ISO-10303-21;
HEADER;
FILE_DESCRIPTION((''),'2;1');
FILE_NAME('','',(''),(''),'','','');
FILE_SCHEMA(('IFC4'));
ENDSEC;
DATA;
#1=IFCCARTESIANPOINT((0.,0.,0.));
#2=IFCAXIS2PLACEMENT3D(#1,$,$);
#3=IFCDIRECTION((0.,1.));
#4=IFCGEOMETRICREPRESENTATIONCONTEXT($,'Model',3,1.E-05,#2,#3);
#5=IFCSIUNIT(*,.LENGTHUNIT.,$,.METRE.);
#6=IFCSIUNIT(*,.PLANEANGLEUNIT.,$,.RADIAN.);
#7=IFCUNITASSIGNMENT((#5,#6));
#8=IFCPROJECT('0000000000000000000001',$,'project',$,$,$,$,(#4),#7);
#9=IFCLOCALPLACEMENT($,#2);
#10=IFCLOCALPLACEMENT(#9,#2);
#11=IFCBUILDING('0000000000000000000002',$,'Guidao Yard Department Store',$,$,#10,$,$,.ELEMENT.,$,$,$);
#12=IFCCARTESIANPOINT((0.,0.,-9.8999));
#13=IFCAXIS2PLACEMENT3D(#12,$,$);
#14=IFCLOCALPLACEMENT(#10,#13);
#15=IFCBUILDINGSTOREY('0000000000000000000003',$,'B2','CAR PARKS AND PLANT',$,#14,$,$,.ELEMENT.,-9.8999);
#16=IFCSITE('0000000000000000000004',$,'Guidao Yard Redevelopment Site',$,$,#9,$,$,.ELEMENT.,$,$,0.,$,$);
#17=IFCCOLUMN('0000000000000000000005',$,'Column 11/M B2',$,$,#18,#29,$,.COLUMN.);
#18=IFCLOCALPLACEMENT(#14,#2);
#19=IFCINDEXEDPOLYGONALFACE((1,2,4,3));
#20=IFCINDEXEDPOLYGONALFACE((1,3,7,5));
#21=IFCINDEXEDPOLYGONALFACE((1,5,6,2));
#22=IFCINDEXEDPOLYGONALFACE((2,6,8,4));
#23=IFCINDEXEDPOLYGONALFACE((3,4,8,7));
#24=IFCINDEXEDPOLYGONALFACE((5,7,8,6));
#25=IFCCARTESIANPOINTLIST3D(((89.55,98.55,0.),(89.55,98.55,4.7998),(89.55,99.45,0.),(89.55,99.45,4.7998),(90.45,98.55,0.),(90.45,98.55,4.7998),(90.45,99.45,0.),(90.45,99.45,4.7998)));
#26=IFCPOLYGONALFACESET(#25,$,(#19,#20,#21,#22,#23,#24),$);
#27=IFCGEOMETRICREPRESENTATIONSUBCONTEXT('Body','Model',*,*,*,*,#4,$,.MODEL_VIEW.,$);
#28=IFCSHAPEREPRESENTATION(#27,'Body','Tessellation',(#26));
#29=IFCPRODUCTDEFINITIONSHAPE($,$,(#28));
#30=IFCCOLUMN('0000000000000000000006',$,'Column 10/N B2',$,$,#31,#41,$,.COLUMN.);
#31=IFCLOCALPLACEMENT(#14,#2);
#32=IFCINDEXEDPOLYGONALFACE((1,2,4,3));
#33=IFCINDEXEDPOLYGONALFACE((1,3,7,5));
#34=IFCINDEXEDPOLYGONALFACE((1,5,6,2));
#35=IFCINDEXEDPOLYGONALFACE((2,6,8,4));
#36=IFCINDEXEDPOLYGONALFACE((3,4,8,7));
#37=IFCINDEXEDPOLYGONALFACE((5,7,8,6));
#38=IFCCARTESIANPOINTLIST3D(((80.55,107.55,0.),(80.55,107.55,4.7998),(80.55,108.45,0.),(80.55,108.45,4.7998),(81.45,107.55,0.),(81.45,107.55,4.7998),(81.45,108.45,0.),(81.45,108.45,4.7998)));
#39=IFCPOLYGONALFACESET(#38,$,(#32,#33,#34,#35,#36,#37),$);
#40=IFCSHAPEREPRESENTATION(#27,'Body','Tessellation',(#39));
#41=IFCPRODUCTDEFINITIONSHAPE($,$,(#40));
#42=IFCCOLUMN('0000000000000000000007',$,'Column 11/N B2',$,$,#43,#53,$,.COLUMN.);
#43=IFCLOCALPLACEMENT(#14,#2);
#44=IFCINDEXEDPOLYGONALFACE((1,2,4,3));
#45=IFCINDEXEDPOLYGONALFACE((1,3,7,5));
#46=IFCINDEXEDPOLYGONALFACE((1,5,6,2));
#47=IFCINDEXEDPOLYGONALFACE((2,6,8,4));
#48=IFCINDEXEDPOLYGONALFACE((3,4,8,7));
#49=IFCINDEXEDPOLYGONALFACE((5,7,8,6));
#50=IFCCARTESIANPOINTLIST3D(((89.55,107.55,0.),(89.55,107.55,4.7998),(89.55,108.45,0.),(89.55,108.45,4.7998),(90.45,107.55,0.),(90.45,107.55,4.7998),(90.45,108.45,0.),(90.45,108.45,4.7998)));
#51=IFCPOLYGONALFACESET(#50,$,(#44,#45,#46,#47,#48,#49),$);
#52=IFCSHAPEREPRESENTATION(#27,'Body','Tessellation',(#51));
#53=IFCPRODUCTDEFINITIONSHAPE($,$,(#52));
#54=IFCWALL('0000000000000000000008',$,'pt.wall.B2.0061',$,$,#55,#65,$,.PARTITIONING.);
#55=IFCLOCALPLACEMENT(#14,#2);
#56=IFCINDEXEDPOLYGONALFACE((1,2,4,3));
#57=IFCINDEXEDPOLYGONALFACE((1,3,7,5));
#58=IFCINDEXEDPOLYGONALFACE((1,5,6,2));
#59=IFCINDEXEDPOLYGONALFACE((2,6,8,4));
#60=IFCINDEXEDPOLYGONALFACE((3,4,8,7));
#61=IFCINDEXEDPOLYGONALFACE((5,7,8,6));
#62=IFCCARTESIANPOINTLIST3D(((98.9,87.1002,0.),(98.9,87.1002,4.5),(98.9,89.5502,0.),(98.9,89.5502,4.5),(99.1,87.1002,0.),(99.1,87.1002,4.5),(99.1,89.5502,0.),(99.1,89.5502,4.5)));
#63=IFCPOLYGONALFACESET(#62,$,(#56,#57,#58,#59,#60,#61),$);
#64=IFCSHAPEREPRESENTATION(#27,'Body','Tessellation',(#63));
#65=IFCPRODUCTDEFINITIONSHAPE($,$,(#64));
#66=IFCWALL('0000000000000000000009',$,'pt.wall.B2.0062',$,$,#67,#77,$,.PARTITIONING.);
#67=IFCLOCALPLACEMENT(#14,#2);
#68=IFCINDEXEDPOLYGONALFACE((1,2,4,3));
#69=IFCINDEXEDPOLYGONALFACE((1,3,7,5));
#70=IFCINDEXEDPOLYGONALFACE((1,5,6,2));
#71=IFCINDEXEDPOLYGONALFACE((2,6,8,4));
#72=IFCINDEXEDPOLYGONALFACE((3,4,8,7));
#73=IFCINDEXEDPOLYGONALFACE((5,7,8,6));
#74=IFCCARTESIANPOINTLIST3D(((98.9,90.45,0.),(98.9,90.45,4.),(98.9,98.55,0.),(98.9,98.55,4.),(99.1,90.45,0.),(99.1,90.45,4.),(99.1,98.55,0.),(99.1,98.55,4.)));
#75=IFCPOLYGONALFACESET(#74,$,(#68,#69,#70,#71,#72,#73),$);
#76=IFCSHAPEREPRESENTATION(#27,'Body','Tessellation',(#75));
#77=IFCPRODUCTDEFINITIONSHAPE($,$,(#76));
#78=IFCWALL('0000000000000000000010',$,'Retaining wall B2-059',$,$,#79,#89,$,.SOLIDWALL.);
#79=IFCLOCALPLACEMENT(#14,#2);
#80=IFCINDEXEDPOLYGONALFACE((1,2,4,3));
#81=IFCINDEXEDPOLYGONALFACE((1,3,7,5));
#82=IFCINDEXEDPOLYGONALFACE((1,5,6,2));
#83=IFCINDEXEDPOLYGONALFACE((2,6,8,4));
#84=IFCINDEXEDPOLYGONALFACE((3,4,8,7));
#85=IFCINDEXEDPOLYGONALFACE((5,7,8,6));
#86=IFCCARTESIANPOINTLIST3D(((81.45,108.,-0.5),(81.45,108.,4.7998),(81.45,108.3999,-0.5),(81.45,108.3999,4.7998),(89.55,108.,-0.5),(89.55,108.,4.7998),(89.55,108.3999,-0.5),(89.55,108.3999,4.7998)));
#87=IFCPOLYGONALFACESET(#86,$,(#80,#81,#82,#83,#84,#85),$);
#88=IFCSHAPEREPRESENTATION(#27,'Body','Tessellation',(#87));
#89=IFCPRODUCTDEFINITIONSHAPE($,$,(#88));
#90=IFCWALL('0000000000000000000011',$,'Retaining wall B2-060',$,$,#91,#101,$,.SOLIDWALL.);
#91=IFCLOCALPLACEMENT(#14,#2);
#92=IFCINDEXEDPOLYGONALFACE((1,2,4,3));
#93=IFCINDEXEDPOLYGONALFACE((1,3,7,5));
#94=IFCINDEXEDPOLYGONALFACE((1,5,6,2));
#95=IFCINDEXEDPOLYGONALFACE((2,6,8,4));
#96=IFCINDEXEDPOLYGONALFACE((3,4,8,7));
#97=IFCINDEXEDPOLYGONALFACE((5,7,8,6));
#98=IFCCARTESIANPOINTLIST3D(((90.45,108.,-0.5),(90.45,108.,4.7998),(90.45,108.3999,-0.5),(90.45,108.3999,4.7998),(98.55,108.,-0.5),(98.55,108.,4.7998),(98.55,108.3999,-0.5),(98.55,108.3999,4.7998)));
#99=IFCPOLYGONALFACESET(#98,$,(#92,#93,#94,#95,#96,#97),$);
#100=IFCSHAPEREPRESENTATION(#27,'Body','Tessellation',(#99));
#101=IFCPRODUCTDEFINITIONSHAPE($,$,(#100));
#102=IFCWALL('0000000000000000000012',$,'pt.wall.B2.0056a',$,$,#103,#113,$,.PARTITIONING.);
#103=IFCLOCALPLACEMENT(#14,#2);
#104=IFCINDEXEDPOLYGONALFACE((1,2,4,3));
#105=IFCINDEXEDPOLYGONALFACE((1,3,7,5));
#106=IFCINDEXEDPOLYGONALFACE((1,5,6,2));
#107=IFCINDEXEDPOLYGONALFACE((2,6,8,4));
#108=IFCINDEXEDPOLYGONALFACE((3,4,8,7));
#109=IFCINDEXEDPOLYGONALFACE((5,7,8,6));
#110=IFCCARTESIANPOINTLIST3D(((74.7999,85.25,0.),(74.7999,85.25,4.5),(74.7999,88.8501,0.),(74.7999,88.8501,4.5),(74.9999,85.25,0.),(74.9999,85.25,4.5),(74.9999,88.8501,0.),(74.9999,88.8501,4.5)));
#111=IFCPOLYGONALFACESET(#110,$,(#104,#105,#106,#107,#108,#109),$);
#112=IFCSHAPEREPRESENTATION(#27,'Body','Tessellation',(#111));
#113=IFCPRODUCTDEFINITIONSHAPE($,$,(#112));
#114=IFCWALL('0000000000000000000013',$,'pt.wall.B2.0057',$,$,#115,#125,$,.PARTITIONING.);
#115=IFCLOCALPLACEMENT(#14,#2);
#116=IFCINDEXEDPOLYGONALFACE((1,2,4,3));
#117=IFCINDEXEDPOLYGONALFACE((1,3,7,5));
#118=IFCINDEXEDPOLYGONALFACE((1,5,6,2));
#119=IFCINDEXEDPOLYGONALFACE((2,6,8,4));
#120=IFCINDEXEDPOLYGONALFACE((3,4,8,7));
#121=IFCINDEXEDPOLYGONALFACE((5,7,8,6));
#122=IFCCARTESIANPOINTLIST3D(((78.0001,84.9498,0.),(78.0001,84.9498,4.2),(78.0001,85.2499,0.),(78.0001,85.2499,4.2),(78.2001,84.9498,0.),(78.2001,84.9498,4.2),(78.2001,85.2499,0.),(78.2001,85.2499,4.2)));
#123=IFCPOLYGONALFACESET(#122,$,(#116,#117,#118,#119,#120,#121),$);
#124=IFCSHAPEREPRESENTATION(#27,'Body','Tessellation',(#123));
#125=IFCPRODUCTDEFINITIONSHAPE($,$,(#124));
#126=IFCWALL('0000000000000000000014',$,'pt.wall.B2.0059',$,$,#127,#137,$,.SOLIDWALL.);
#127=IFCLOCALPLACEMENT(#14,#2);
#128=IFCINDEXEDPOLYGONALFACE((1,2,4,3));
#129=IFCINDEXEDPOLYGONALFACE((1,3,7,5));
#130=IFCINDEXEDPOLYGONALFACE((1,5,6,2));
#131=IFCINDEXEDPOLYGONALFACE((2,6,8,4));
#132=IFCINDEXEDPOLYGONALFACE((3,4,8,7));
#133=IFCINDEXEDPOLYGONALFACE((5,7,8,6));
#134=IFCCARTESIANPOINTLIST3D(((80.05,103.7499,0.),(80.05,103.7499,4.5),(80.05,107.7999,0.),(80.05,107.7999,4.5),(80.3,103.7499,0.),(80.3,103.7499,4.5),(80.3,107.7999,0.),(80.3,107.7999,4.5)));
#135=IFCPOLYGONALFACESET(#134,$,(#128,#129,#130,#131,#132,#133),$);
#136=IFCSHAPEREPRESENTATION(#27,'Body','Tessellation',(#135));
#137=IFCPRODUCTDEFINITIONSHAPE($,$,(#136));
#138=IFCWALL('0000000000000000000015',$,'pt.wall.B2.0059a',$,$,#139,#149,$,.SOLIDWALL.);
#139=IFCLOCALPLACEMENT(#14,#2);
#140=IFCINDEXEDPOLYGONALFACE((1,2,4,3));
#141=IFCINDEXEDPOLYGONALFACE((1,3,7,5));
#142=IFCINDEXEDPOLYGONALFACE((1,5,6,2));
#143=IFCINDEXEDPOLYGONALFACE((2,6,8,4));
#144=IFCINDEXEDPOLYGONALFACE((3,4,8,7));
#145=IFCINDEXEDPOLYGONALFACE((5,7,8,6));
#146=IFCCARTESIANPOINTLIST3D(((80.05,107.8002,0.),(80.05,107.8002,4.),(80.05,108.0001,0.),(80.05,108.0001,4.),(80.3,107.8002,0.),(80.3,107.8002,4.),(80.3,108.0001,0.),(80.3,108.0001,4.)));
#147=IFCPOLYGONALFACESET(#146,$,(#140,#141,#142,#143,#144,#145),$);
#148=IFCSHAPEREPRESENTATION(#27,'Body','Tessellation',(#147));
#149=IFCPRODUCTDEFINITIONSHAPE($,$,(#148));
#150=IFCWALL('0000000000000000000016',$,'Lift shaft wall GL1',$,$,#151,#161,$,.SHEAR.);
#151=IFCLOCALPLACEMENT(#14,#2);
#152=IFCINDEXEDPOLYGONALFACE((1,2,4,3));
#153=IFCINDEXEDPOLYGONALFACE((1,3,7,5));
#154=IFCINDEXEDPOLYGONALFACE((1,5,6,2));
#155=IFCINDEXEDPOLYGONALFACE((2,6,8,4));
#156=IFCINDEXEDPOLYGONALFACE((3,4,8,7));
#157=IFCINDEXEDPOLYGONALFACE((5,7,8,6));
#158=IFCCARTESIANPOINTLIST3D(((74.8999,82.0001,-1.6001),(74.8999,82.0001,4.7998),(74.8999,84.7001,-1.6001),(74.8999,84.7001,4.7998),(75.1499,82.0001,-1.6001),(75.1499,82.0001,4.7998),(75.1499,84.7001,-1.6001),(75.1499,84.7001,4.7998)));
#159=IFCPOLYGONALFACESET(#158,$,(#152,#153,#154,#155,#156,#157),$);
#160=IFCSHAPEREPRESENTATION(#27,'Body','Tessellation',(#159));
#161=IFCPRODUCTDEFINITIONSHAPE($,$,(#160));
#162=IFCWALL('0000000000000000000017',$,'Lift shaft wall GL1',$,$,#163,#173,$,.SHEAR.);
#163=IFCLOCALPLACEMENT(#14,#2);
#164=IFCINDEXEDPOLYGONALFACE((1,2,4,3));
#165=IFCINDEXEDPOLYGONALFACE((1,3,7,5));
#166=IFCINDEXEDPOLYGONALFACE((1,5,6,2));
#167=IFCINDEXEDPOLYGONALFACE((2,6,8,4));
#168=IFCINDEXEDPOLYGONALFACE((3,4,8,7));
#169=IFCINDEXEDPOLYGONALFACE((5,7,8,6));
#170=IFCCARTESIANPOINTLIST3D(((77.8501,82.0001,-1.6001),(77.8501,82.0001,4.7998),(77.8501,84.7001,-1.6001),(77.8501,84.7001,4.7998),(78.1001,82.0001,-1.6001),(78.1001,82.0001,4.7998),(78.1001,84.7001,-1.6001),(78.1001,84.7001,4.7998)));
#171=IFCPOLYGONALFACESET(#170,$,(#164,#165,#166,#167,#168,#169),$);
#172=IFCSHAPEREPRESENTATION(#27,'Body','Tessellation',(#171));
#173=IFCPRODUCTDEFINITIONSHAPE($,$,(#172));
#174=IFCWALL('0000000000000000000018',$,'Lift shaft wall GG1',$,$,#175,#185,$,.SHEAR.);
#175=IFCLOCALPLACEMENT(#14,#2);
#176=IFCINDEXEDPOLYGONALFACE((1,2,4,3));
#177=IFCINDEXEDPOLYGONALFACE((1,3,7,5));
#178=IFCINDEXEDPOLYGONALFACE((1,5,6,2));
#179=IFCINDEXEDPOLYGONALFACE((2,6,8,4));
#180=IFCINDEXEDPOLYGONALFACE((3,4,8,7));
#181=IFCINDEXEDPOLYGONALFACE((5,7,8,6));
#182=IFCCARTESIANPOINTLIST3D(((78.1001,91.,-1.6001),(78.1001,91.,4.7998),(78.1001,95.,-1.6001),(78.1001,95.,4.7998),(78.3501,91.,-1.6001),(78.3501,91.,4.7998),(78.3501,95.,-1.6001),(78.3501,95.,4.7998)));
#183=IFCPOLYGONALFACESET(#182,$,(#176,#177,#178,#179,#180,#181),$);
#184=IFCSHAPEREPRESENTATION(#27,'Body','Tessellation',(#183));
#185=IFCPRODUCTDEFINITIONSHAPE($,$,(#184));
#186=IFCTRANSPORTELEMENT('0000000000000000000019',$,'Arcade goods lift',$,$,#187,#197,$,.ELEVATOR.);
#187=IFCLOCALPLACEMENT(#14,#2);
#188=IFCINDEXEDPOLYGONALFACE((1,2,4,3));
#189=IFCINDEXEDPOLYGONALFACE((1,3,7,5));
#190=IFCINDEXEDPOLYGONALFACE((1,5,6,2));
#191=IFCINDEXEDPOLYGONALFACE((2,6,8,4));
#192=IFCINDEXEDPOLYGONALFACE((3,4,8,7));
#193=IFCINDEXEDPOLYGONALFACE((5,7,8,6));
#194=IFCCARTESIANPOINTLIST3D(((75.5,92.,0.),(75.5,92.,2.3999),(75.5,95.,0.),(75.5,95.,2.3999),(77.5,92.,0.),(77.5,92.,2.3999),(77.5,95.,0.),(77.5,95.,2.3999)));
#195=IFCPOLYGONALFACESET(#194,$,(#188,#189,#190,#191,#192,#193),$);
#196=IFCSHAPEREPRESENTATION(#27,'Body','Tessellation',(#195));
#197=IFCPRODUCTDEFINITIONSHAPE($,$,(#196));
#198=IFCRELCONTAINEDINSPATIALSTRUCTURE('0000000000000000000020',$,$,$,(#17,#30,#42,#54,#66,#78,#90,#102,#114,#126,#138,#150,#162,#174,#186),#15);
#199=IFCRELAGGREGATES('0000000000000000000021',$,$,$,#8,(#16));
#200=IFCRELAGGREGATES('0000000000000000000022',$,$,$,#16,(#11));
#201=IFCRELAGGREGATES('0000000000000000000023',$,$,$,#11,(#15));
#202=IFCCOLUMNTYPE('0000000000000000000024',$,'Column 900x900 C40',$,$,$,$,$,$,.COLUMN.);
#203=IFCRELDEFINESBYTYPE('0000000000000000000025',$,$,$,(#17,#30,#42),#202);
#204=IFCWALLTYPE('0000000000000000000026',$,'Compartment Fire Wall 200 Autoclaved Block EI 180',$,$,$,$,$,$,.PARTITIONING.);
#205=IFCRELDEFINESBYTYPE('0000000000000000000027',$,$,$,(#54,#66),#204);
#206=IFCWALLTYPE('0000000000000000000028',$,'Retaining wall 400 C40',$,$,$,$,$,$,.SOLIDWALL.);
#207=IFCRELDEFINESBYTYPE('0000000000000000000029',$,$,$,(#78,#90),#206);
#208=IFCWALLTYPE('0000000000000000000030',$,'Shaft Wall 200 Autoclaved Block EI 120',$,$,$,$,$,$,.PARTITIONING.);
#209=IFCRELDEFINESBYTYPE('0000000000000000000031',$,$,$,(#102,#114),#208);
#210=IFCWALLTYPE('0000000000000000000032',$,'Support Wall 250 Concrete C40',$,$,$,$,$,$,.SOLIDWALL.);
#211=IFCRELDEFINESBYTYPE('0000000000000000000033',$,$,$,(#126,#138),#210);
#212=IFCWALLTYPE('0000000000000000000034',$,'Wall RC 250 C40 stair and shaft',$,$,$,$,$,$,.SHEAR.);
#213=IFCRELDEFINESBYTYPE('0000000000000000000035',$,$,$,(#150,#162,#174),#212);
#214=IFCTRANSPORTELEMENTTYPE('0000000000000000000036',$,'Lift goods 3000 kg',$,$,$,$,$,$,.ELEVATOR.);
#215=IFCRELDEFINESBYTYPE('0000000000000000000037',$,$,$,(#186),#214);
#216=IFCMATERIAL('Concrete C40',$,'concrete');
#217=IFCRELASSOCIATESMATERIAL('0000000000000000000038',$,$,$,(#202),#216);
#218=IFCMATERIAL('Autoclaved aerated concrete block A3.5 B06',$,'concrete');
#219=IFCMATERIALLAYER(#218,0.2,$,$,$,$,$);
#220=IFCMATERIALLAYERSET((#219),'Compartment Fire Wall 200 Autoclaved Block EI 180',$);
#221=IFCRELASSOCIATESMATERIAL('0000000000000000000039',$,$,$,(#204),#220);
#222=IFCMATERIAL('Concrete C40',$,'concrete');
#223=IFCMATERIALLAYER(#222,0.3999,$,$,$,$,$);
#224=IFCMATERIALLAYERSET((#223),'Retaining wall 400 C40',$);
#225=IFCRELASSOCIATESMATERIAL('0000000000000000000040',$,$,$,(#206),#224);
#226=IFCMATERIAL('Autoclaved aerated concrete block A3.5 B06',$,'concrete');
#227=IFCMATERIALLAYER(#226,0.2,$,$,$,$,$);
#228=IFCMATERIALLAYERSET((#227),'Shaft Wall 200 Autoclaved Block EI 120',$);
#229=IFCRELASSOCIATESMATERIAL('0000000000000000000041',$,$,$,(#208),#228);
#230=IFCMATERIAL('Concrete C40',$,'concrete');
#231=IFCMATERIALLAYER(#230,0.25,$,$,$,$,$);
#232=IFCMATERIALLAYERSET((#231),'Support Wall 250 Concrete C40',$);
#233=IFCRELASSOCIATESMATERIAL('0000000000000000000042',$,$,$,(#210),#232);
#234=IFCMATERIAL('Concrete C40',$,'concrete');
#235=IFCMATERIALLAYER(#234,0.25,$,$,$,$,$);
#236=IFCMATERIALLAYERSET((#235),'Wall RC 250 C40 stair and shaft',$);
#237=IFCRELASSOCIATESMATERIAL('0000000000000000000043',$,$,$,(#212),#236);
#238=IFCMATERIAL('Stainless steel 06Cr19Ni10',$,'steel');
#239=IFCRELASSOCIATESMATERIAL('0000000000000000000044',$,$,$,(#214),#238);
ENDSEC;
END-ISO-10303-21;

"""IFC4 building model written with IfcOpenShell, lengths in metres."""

from ifc_helpers import new_model, si_unit, direction, frame, frame_2d, origin, origin_2d, place, context, subcontext, project, spatial, rectangle, extrude, material, layer, layer_set, material_profile, profile_set, type_object, element, save


model = new_model("IFC4")

# Units and contexts
model_context = context("Model", 3, precision=1e-05, world=origin(), true_north=direction((0.0, 1.0)))
body_context = subcontext(model_context, "Body", "Model", "MODEL_VIEW")
ifc_project = project(units=[si_unit("LENGTHUNIT", "METRE"), si_unit("PLANEANGLEUNIT", "RADIAN")], contexts=[model_context])

# Site, building, storey
site_placement = place(None, origin())
site = spatial("IfcSite", under=ifc_project, at=site_placement, Name="Guidao Yard Redevelopment Site", CompositionType="ELEMENT", RefElevation=0.0)
building_placement = place(site_placement, origin())
building = spatial("IfcBuilding", under=site, at=building_placement, Name="Guidao Yard Department Store", CompositionType="ELEMENT")
storey_placement = place(building_placement, frame((0.0, 0.0, -9.8999)))
storey = spatial("IfcBuildingStorey", under=building, at=storey_placement, Name="B2", Description="CAR PARKS AND PLANT", CompositionType="ELEMENT", Elevation=-9.8999)

# Columns
ifc_material_1 = material(Name="Concrete C40", Category="concrete")
ifc_material_profile = material_profile(ifc_material_1, rectangle(XDim=0.8999, YDim=0.8999, at=origin_2d()), Name="COL 900x900")
ifc_profile_set = profile_set([ifc_material_profile], Name="Concrete C40")
column_type = type_object("IfcColumnType", Name="Column 900x900 C40", PredefinedType="COLUMN", material=ifc_profile_set)
for number, where, z_axis, x_axis, name in (
    (1, (90.0, 99.0, 0.0), (0.0, 0.0, 1.0), (1.0, 0.0, 0.0), "Column 11/M B2"),
    (2, (81.0, 108.0, 0.0), (0.0, 0.0, 1.0), (1.0, 0.0, 0.0), "Column 10/N B2"),
    (3, (90.0, 108.0, 0.0), (0.0, 0.0, 1.0), (1.0, 0.0, 0.0), "Column 11/N B2"),
):
    element("IfcColumn", number, at=place(storey_placement, frame(where, z_axis=z_axis, x_axis=x_axis)), inside=storey, type_object=column_type, Name=name, PredefinedType="COLUMN", context=body_context, shape_type="SweptSolid", body=[
        extrude(rectangle(XDim=0.8999, YDim=0.8999, at=origin_2d()), origin(), (0.0, 0.0, 1.0), 4.7998),
    ])

# Walls
ifc_material_2 = material(Name="Autoclaved aerated concrete block A3.5 B06", Category="concrete")
ifc_layer_1 = layer(ifc_material_2, 0.2)
ifc_layer_set_1 = layer_set([ifc_layer_1], Name="Compartment Fire Wall 200 Autoclaved Block EI 180")
wall_type_1 = type_object("IfcWallType", Name="Compartment Fire Wall 200 Autoclaved Block EI 180", PredefinedType="PARTITIONING", material=ifc_layer_set_1)
wall_1_placement = place(storey_placement, frame((99.0, 87.1001, 0.0), z_axis=(0.0, 0.0, 1.0), x_axis=(0.0, 1.0, 0.0)))
element("IfcWall", 4, at=wall_1_placement, inside=storey, type_object=wall_type_1, Name="pt.wall.B2.0061", PredefinedType="PARTITIONING", context=body_context, shape_type="SweptSolid", body=[
    extrude(rectangle(XDim=2.45, YDim=0.2, at=frame_2d((1.2251, 0.0))), origin(), (0.0, 0.0, 1.0), 4.5),
])
wall_2_placement = place(storey_placement, frame((99.0, 90.45, 0.0), z_axis=(0.0, 0.0, 1.0), x_axis=(0.0, 1.0, 0.0)))
element("IfcWall", 5, at=wall_2_placement, inside=storey, type_object=wall_type_1, Name="pt.wall.B2.0062", PredefinedType="PARTITIONING", context=body_context, shape_type="SweptSolid", body=[
    extrude(rectangle(XDim=8.1001, YDim=0.2, at=frame_2d((4.05, 0.0))), origin(), (0.0, 0.0, 1.0), 4.0),
])
ifc_material_3 = material(Name="Concrete C40", Category="concrete")
ifc_layer_2 = layer(ifc_material_3, 0.3999)
ifc_layer_set_2 = layer_set([ifc_layer_2], Name="Retaining wall 400 C40")
wall_type_2 = type_object("IfcWallType", Name="Retaining wall 400 C40", PredefinedType="SOLIDWALL", material=ifc_layer_set_2)
for number, where, z_axis, x_axis, name in (
    (6, (81.45, 108.2, -0.5), (0.0, 0.0, 1.0), (1.0, 0.0, 0.0), "Retaining wall B2-059"),
    (7, (90.45, 108.2, -0.5), (0.0, 0.0, 1.0), (1.0, 0.0, 0.0), "Retaining wall B2-060"),
):
    element("IfcWall", number, at=place(storey_placement, frame(where, z_axis=z_axis, x_axis=x_axis)), inside=storey, type_object=wall_type_2, Name=name, PredefinedType="SOLIDWALL", context=body_context, shape_type="SweptSolid", body=[
        extrude(rectangle(XDim=8.1001, YDim=0.3999, at=frame_2d((4.05, 0.0))), origin(), (0.0, 0.0, 1.0), 5.2998),
    ])
ifc_material_4 = material(Name="Autoclaved aerated concrete block A3.5 B06", Category="concrete")
ifc_layer_3 = layer(ifc_material_4, 0.2)
ifc_layer_set_3 = layer_set([ifc_layer_3], Name="Shaft Wall 200 Autoclaved Block EI 120")
wall_type_3 = type_object("IfcWallType", Name="Shaft Wall 200 Autoclaved Block EI 120", PredefinedType="PARTITIONING", material=ifc_layer_set_3)
wall_3_placement = place(storey_placement, frame((74.8999, 85.25, 0.0), z_axis=(0.0, 0.0, 1.0), x_axis=(0.0, 1.0, 0.0)))
element("IfcWall", 8, at=wall_3_placement, inside=storey, type_object=wall_type_3, Name="pt.wall.B2.0056a", PredefinedType="PARTITIONING", context=body_context, shape_type="SweptSolid", body=[
    extrude(rectangle(XDim=3.6001, YDim=0.2, at=frame_2d((1.8, 0.0))), origin(), (0.0, 0.0, 1.0), 4.5),
])
wall_4_placement = place(storey_placement, frame((78.1001, 84.95, 0.0), z_axis=(0.0, 0.0, 1.0), x_axis=(0.0, 1.0, 0.0)))
element("IfcWall", 9, at=wall_4_placement, inside=storey, type_object=wall_type_3, Name="pt.wall.B2.0057", PredefinedType="PARTITIONING", context=body_context, shape_type="SweptSolid", body=[
    extrude(rectangle(XDim=0.3, YDim=0.2, at=frame_2d((0.1499, 0.0))), origin(), (0.0, 0.0, 1.0), 4.2),
])

# Walls
ifc_material_5 = material(Name="Concrete C40", Category="concrete")
ifc_layer_4 = layer(ifc_material_5, 0.25)
ifc_layer_set_4 = layer_set([ifc_layer_4], Name="Support Wall 250 Concrete C40")
wall_type_4 = type_object("IfcWallType", Name="Support Wall 250 Concrete C40", PredefinedType="SOLIDWALL", material=ifc_layer_set_4)
wall_5_placement = place(storey_placement, frame((80.175, 103.75, 0.0), z_axis=(0.0, 0.0, 1.0), x_axis=(0.0, 1.0, 0.0)))
element("IfcWall", 10, at=wall_5_placement, inside=storey, type_object=wall_type_4, Name="pt.wall.B2.0059", PredefinedType="SOLIDWALL", context=body_context, shape_type="SweptSolid", body=[
    extrude(rectangle(XDim=4.05, YDim=0.25, at=frame_2d((2.0249, 0.0))), origin(), (0.0, 0.0, 1.0), 4.5),
])
wall_6_placement = place(storey_placement, frame((80.175, 107.8, 0.0), z_axis=(0.0, 0.0, 1.0), x_axis=(0.0, 1.0, 0.0)))
element("IfcWall", 11, at=wall_6_placement, inside=storey, type_object=wall_type_4, Name="pt.wall.B2.0059a", PredefinedType="SOLIDWALL", context=body_context, shape_type="SweptSolid", body=[
    extrude(rectangle(XDim=0.2, YDim=0.25, at=frame_2d((0.1001, 0.0))), origin(), (0.0, 0.0, 1.0), 4.0),
])
ifc_material_6 = material(Name="Concrete C40", Category="concrete")
ifc_layer_5 = layer(ifc_material_6, 0.25)
ifc_layer_set_5 = layer_set([ifc_layer_5], Name="Wall RC 250 C40 stair and shaft")
wall_type_5 = type_object("IfcWallType", Name="Wall RC 250 C40 stair and shaft", PredefinedType="SHEAR", material=ifc_layer_set_5)
for number, where, z_axis, x_axis, name in (
    (12, (75.0249, 82.0, -1.6001), (0.0, 0.0, 1.0), (0.0, 1.0, 0.0), "Lift shaft wall GL1"),
    (13, (77.9751, 82.0, -1.6001), (0.0, 0.0, 1.0), (0.0, 1.0, 0.0), "Lift shaft wall GL1"),
):
    element("IfcWall", number, at=place(storey_placement, frame(where, z_axis=z_axis, x_axis=x_axis)), inside=storey, type_object=wall_type_5, Name=name, PredefinedType="SHEAR", context=body_context, shape_type="SweptSolid", body=[
        extrude(rectangle(XDim=2.7, YDim=0.25, at=frame_2d((1.3501, 0.0))), origin(), (0.0, 0.0, 1.0), 6.3999),
    ])
wall_7_placement = place(storey_placement, frame((78.2251, 91.0, -1.6001), z_axis=(0.0, 0.0, 1.0), x_axis=(0.0, 1.0, 0.0)))
element("IfcWall", 14, at=wall_7_placement, inside=storey, type_object=wall_type_5, Name="Lift shaft wall GG1", PredefinedType="SHEAR", context=body_context, shape_type="SweptSolid", body=[
    extrude(rectangle(XDim=4.0, YDim=0.25, at=frame_2d((2.0, 0.0))), origin(), (0.0, 0.0, 1.0), 6.3999),
])

# Transport element
ifc_material_7 = material(Name="Stainless steel 06Cr19Ni10", Category="steel")
transport_element_type_1 = type_object("IfcTransportElementType", Name="Lift goods 3000 kg", PredefinedType="ELEVATOR", material=ifc_material_7)
transport_element_1_placement = place(storey_placement, frame((76.5, 93.5, 0.0), z_axis=(0.0, 0.0, 1.0), x_axis=(1.0, 0.0, 0.0)))
element("IfcTransportElement", 15, at=transport_element_1_placement, inside=storey, type_object=transport_element_type_1, Name="Arcade goods lift", PredefinedType="ELEVATOR", context=body_context, shape_type="SweptSolid", body=[
    extrude(rectangle(XDim=2.0, YDim=3.0, at=origin_2d()), origin(), (0.0, 0.0, 1.0), 2.3999),
])

save(model, "model.ifc")
